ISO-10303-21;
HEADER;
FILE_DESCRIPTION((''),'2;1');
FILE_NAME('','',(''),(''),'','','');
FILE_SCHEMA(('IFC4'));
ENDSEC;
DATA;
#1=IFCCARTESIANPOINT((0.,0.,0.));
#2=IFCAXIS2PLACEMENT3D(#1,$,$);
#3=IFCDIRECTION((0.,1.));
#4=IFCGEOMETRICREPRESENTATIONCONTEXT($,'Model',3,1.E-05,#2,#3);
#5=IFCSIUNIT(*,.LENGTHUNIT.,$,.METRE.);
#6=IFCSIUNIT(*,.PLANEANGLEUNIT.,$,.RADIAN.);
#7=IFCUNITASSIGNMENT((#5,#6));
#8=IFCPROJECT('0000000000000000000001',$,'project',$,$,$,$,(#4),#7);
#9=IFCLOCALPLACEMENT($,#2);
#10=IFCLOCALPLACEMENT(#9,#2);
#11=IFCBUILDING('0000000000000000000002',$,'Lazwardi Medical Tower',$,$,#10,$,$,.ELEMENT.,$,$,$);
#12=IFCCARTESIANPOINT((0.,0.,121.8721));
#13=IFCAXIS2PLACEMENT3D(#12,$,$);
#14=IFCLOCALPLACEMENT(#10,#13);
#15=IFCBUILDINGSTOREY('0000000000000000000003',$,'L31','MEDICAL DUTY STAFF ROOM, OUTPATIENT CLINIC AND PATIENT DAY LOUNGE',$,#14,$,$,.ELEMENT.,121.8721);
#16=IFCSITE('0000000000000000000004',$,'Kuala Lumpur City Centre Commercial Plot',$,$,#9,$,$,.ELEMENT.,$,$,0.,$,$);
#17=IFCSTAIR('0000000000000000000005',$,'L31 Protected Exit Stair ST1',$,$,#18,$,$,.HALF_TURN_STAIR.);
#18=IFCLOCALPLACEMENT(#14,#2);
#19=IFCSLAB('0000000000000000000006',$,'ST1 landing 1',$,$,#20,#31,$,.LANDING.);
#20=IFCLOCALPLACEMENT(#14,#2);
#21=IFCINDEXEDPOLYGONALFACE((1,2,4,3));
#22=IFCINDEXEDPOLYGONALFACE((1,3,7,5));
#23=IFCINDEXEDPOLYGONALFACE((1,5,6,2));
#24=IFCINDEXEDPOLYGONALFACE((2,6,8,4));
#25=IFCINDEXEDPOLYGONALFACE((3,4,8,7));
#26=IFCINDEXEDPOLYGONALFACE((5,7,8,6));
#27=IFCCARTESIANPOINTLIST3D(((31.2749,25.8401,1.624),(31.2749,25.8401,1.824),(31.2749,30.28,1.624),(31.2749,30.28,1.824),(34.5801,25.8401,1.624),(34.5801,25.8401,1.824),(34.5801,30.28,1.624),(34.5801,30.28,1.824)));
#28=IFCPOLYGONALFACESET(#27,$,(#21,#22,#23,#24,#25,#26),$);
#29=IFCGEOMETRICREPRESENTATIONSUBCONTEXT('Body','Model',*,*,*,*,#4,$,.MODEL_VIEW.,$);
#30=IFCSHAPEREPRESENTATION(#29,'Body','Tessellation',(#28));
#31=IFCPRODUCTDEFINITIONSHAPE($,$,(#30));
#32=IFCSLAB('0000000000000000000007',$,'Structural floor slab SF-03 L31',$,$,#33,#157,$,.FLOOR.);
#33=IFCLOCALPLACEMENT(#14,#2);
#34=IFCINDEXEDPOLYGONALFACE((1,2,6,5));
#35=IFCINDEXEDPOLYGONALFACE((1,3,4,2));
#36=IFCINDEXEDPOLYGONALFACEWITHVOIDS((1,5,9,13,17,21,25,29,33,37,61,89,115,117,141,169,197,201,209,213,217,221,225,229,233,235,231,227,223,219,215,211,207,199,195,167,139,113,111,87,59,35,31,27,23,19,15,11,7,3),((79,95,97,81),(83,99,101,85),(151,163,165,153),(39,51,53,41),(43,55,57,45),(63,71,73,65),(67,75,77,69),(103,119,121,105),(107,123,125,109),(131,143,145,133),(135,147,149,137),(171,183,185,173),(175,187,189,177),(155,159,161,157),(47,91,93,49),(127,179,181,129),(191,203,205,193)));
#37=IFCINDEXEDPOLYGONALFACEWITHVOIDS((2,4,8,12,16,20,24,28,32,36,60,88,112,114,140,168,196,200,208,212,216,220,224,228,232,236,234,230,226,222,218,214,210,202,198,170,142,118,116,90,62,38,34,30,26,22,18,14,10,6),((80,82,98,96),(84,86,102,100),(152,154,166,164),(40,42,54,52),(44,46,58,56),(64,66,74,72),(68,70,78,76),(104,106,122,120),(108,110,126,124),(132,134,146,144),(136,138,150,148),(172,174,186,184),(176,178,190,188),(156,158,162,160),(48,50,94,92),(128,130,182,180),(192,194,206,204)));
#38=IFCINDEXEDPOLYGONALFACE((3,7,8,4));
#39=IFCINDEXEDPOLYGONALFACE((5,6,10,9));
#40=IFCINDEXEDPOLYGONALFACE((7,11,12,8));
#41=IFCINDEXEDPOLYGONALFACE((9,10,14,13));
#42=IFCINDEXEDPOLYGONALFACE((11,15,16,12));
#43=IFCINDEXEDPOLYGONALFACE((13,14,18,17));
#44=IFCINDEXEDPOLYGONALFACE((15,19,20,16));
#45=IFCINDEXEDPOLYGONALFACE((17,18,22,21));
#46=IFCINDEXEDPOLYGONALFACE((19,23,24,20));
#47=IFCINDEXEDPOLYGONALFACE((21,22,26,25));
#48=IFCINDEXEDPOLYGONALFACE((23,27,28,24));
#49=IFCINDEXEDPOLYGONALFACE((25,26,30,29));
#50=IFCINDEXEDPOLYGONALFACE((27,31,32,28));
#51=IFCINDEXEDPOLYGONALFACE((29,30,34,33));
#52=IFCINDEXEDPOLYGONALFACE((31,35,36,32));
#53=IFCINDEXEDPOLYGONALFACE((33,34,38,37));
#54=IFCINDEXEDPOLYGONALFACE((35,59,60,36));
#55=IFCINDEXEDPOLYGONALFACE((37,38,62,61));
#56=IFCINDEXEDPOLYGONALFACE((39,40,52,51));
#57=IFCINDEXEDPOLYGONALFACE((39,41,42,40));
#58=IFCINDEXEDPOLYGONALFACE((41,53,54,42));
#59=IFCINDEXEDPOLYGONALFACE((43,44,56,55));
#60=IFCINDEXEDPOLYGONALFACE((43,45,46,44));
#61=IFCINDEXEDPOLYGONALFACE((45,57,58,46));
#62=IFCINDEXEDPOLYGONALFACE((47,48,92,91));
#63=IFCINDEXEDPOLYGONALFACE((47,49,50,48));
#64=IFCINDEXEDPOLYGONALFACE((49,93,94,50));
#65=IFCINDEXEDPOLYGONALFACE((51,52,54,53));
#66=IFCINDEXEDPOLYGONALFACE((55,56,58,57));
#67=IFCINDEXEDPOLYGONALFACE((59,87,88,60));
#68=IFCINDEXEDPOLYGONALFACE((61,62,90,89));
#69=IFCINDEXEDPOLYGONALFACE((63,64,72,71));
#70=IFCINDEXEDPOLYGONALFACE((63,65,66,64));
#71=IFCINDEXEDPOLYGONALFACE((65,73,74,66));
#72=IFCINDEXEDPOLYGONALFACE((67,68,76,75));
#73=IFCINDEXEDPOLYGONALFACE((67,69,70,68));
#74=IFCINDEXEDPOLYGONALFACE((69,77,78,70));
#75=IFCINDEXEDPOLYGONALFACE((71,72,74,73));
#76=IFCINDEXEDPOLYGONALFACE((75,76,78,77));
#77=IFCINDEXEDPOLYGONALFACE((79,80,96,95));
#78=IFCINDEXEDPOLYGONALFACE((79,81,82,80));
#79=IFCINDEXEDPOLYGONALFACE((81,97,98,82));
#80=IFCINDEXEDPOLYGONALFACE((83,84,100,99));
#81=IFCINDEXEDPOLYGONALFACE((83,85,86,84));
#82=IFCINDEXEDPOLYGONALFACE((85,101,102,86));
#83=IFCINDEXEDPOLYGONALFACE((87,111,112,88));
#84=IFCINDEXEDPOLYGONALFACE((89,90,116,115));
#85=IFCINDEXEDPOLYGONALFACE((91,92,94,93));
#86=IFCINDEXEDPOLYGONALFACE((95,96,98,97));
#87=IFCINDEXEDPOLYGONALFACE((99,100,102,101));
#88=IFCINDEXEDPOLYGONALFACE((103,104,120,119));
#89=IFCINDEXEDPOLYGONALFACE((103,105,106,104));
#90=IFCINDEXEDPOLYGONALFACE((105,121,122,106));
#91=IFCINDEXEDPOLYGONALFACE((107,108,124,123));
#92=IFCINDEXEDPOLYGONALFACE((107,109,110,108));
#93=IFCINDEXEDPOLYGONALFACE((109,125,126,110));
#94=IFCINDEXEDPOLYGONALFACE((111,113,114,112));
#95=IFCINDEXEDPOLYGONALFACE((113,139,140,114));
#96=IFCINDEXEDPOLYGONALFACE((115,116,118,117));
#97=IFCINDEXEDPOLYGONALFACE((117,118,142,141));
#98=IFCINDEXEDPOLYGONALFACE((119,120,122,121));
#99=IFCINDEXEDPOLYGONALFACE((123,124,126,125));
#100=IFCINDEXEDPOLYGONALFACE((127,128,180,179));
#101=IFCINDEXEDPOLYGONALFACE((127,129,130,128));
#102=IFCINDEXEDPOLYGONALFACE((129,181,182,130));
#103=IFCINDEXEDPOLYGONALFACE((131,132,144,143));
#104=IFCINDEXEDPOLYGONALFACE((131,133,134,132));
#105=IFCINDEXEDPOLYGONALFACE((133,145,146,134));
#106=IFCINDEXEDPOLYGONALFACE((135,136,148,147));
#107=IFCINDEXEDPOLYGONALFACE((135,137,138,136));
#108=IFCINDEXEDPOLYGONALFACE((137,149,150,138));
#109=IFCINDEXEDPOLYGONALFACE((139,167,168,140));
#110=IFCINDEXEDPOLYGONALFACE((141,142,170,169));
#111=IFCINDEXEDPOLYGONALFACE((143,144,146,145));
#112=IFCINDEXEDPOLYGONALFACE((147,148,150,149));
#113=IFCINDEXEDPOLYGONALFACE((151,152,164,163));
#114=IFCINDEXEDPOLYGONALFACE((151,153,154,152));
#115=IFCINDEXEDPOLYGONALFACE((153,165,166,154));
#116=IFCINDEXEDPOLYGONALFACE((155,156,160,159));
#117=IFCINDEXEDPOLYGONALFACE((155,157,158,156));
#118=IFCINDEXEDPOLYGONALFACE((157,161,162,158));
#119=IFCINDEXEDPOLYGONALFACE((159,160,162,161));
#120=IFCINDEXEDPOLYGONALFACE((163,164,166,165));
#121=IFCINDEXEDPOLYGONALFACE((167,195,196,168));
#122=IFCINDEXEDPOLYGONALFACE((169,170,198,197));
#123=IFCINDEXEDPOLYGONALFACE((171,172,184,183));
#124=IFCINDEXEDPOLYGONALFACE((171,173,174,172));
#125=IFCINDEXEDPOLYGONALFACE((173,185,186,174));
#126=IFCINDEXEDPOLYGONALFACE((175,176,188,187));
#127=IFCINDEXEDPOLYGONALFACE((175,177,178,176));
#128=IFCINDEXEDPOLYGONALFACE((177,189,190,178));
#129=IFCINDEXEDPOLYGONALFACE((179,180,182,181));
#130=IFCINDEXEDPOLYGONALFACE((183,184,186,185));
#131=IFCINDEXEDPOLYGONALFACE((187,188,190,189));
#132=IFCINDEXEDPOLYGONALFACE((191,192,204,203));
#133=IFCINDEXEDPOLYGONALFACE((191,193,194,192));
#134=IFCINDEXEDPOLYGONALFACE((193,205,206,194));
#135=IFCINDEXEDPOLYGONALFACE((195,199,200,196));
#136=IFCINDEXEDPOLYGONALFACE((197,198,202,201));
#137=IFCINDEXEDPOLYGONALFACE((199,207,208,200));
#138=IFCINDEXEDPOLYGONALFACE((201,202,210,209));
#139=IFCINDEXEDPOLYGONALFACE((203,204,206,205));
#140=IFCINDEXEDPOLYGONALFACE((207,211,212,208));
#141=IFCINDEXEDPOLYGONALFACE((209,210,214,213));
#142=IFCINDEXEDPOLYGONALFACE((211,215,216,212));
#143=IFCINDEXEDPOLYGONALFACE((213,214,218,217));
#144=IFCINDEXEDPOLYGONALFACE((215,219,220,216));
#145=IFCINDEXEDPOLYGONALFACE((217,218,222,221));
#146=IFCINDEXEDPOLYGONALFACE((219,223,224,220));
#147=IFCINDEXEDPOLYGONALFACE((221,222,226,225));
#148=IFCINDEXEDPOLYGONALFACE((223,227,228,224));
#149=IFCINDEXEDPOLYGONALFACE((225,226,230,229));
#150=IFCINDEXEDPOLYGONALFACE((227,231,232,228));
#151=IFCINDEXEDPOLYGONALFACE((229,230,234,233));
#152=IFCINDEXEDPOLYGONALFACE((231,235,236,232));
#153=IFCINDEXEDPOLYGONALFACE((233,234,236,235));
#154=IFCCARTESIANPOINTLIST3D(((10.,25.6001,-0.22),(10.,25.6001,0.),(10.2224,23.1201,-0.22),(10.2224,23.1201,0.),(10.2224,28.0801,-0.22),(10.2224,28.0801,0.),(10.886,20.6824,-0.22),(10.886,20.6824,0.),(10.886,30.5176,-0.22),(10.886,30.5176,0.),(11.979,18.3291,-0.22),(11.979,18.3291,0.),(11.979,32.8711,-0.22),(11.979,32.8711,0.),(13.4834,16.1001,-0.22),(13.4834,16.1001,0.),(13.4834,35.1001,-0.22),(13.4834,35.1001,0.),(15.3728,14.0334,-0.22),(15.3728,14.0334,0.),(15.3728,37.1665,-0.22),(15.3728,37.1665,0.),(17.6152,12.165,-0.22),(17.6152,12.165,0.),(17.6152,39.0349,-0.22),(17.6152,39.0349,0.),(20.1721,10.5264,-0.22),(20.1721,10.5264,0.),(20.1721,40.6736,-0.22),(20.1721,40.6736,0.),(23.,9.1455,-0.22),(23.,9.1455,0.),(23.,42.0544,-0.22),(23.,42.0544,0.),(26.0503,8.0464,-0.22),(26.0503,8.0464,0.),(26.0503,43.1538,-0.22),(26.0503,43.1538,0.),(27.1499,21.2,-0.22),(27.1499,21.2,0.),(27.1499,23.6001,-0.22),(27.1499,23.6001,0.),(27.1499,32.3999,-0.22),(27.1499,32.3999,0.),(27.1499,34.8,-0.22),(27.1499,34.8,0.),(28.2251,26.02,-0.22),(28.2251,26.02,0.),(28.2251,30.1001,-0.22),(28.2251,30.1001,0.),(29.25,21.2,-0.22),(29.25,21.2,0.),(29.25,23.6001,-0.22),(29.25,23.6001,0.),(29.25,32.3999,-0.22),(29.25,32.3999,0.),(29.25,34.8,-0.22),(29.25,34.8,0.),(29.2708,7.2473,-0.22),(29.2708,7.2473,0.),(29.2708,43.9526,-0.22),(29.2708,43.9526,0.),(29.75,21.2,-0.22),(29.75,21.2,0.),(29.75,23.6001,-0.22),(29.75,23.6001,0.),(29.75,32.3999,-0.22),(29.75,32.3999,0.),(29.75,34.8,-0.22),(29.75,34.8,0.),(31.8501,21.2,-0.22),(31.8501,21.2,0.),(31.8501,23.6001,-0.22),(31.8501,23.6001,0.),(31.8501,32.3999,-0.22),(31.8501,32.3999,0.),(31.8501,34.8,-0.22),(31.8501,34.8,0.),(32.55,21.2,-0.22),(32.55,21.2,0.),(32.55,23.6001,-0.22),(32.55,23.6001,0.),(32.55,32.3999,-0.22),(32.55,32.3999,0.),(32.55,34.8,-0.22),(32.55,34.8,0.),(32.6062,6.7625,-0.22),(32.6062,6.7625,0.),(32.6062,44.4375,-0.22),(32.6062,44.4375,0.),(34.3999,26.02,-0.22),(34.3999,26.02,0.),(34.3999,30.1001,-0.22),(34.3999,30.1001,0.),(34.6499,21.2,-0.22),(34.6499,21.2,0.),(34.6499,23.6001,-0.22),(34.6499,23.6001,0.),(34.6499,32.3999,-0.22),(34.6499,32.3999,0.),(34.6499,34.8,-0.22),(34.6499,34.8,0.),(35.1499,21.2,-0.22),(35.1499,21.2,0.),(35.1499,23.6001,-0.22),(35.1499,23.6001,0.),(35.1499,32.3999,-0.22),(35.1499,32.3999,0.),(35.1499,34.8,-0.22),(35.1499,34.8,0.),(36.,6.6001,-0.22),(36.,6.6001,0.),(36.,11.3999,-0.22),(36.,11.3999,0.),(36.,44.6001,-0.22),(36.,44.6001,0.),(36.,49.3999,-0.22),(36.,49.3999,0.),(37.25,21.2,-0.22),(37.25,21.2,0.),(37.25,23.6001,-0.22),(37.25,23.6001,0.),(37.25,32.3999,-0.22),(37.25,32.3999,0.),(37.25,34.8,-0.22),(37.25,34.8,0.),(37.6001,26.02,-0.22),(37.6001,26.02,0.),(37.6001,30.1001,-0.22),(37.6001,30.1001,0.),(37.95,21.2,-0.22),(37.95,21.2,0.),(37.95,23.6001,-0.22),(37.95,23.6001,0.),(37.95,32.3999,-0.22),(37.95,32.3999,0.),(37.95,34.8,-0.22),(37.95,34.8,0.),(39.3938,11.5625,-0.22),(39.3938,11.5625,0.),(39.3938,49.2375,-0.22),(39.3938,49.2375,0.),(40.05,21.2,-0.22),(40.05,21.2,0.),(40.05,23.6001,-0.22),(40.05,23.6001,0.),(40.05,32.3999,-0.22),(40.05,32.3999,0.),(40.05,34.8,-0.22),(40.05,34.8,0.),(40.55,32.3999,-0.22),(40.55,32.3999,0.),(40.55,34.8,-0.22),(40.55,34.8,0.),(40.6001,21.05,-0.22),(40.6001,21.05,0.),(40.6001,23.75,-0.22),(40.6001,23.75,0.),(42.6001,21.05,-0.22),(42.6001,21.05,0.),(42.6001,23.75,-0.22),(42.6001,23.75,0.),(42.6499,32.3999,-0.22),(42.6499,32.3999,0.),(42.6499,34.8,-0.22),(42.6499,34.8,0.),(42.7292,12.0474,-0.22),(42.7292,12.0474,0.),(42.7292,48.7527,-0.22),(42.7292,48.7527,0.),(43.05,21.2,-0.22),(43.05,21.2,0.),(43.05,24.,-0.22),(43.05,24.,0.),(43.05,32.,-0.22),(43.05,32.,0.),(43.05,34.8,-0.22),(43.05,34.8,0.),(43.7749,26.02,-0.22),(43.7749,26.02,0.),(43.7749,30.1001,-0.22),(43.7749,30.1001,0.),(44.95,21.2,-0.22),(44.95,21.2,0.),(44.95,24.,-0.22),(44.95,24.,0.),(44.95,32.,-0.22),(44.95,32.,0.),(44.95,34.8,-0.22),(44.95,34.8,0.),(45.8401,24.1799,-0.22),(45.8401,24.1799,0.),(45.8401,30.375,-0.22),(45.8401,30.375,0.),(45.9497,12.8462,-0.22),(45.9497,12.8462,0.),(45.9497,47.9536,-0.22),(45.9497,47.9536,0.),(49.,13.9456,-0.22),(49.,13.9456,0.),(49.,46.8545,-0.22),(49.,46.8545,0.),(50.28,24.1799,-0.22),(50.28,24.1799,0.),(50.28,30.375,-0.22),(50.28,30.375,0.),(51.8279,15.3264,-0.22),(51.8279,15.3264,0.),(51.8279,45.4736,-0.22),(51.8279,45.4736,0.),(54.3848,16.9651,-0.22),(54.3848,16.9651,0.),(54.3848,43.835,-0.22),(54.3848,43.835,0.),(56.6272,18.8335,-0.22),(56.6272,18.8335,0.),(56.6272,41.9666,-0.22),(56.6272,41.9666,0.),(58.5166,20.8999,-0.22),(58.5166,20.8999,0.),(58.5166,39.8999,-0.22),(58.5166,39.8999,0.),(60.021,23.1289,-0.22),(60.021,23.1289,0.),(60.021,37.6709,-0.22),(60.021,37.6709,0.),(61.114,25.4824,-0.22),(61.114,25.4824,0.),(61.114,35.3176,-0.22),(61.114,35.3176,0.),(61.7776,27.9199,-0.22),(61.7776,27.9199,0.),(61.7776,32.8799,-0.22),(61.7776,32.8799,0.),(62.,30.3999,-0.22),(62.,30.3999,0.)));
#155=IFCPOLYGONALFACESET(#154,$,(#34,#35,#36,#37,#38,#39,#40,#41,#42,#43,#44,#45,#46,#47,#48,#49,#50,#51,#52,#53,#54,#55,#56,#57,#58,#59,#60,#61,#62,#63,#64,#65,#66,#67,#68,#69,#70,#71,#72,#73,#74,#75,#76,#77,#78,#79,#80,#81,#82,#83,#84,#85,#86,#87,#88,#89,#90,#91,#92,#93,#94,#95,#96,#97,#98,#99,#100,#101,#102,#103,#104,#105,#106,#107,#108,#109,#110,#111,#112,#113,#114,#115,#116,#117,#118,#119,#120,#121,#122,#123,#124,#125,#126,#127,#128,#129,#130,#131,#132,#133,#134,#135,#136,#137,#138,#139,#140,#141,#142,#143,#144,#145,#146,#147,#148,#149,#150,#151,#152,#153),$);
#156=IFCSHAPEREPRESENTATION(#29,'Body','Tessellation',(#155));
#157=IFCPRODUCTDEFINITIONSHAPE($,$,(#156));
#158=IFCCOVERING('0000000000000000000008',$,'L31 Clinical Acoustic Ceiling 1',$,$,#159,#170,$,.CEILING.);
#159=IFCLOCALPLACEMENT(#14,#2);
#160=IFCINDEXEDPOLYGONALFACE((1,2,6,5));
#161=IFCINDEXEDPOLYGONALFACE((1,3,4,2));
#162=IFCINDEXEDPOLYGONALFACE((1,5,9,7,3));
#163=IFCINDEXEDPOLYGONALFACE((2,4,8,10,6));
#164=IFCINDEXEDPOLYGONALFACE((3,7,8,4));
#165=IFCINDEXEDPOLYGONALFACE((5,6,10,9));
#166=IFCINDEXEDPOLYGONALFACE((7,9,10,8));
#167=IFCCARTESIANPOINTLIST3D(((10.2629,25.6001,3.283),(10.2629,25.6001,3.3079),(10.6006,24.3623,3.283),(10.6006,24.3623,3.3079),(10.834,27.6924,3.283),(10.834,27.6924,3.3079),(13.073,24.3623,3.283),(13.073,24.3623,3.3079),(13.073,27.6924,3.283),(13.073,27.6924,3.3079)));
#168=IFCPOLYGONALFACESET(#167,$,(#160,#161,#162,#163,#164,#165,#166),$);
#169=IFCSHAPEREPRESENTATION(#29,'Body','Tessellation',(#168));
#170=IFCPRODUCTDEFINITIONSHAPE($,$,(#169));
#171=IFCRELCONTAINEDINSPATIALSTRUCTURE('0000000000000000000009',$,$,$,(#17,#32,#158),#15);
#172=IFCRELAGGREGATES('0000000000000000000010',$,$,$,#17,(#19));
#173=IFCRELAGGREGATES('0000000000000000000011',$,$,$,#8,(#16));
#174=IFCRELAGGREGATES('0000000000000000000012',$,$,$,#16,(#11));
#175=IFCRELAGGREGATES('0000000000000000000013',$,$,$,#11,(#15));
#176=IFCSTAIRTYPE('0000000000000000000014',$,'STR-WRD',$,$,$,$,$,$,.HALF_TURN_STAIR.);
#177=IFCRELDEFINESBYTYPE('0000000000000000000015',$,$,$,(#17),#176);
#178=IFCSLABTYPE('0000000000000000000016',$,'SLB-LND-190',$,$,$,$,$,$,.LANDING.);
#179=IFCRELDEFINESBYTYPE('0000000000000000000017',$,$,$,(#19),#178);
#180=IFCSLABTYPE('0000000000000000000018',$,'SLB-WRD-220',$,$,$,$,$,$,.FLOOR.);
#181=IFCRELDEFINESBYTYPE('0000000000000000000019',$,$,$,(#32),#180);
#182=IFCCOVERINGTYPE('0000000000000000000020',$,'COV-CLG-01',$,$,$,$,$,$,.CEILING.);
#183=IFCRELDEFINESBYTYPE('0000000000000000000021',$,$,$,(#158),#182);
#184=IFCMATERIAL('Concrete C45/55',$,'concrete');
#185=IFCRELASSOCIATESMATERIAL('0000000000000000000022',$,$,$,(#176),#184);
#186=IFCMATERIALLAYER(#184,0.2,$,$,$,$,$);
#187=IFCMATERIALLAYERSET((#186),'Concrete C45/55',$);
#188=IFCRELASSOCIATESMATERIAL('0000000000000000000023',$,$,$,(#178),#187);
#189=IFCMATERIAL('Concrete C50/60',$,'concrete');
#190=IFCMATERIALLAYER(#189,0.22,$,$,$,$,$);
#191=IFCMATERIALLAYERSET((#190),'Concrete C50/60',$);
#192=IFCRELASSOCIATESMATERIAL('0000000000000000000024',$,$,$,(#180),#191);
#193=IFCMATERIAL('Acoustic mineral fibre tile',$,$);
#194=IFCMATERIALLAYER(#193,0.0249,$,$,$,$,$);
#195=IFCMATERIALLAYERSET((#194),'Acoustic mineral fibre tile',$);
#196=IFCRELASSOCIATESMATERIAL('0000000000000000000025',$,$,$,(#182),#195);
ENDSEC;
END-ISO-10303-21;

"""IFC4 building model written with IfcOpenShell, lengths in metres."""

from ifc_helpers import new_model, si_unit, direction, frame, origin, place, context, subcontext, project, spatial, polyline, outline, extrude, material, layer, layer_set, type_object, element, aggregate, save


model = new_model("IFC4")

# Units and contexts
model_context = context("Model", 3, precision=1e-05, world=origin(), true_north=direction((0.0, 1.0)))
body_context = subcontext(model_context, "Body", "Model", "MODEL_VIEW")
ifc_project = project(units=[si_unit("LENGTHUNIT", "METRE"), si_unit("PLANEANGLEUNIT", "RADIAN")], contexts=[model_context])

# Site, building, storey
site_placement = place(None, origin())
site = spatial("IfcSite", under=ifc_project, at=site_placement, Name="Kuala Lumpur City Centre Commercial Plot", CompositionType="ELEMENT", RefElevation=0.0)
building_placement = place(site_placement, origin())
building = spatial("IfcBuilding", under=site, at=building_placement, Name="Lazwardi Medical Tower", CompositionType="ELEMENT")
storey_placement = place(building_placement, frame((0.0, 0.0, 121.8721)))
storey = spatial("IfcBuildingStorey", under=building, at=storey_placement, Name="L31", Description="MEDICAL DUTY STAFF ROOM, OUTPATIENT CLINIC AND PATIENT DAY LOUNGE", CompositionType="ELEMENT", Elevation=121.8721)

# Stair, slab
ifc_material_1 = material(Name="Concrete C45/55", Category="concrete")
stair_type = type_object("IfcStairType", Name="STR-WRD", PredefinedType="HALF_TURN_STAIR", material=ifc_material_1)
stair_placement = place(storey_placement, origin())
stair = element("IfcStair", 1, at=stair_placement, inside=storey, type_object=stair_type, Name="L31 Protected Exit Stair ST1", PredefinedType="HALF_TURN_STAIR")
ifc_layer_1 = layer(ifc_material_1, 0.2)
ifc_layer_set_1 = layer_set([ifc_layer_1], Name="Concrete C45/55")
slab_type_1 = type_object("IfcSlabType", Name="SLB-LND-190", PredefinedType="LANDING", material=ifc_layer_set_1)
slab_1_placement = place(storey_placement, frame((0.0, 0.0, 1.624)))
slab_1 = element("IfcSlab", 2, at=slab_1_placement, type_object=slab_type_1, Name="ST1 landing 1", PredefinedType="LANDING", context=body_context, shape_type="SweptSolid", body=[
    extrude(outline(polyline([(31.2749, 25.8401), (34.5801, 25.8401), (34.5801, 30.28), (31.2749, 30.28), (31.2749, 25.8401)])), origin(), (0.0, 0.0, 1.0), 0.2),
])
aggregate(stair, [slab_1])

# Slab
ifc_material_2 = material(Name="Concrete C50/60", Category="concrete")
ifc_layer_2 = layer(ifc_material_2, 0.22)
ifc_layer_set_2 = layer_set([ifc_layer_2], Name="Concrete C50/60")
slab_type_2 = type_object("IfcSlabType", Name="SLB-WRD-220", PredefinedType="FLOOR", material=ifc_layer_set_2)
slab_2_placement = place(storey_placement, frame((0.0, 0.0, -0.22)))
element("IfcSlab", 3, at=slab_2_placement, inside=storey, type_object=slab_type_2, Name="Structural floor slab SF-03 L31", PredefinedType="FLOOR", context=body_context, shape_type="SweptSolid", body=[
    extrude(outline(polyline([(11.979, 32.8711), (10.886, 30.5176), (10.2224, 28.0801), (10.0, 25.6001), (10.2224, 23.1201), (10.886, 20.6824), (11.979, 18.3291), (13.4834, 16.1001), (15.3728, 14.0334), (17.6152, 12.165), (20.1721, 10.5264), (23.0, 9.1455), (26.0503, 8.0464), (29.2708, 7.2473), (32.6062, 6.7625), (36.0, 6.6001), (36.0, 11.3999), (39.3938, 11.5625), (42.7292, 12.0474), (45.9497, 12.8462), (49.0, 13.9456), (51.8279, 15.3264), (54.3848, 16.9651), (56.6272, 18.8335), (58.5166, 20.8999), (60.021, 23.1289), (61.114, 25.4824), (61.7776, 27.9199), (62.0, 30.3999), (61.7776, 32.8799), (61.114, 35.3176), (60.021, 37.6709), (58.5166, 39.8999), (56.6272, 41.9666), (54.3848, 43.835), (51.8279, 45.4736), (49.0, 46.8545), (45.9497, 47.9536), (42.7292, 48.7527), (39.3938, 49.2375), (36.0, 49.3999), (36.0, 44.6001), (32.6062, 44.4375), (29.2708, 43.9526), (26.0503, 43.1538), (23.0, 42.0544), (20.1721, 40.6736), (17.6152, 39.0349), (15.3728, 37.1665), (13.4834, 35.1001), (11.979, 32.8711)]), holes=[polyline([(28.2251, 26.02), (28.2251, 30.1001), (34.3999, 30.1001), (34.3999, 26.02), (28.2251, 26.02)]), polyline([(37.6001, 30.1001), (43.7749, 30.1001), (43.7749, 26.02), (37.6001, 26.02), (37.6001, 30.1001)]), polyline([(50.28, 30.375), (50.28, 24.1799), (45.8401, 24.1799), (45.8401, 30.375), (50.28, 30.375)]), polyline([(29.25, 32.3999), (27.1499, 32.3999), (27.1499, 34.8), (29.25, 34.8), (29.25, 32.3999)]), polyline([(29.75, 32.3999), (29.75, 34.8), (31.8501, 34.8), (31.8501, 32.3999), (29.75, 32.3999)]), polyline([(27.1499, 23.6001), (29.25, 23.6001), (29.25, 21.2), (27.1499, 21.2), (27.1499, 23.6001)]), polyline([(31.8501, 23.6001), (31.8501, 21.2), (29.75, 21.2), (29.75, 23.6001), (31.8501, 23.6001)]), polyline([(34.6499, 32.3999), (32.55, 32.3999), (32.55, 34.8), (34.6499, 34.8), (34.6499, 32.3999)]), polyline([(35.1499, 32.3999), (35.1499, 34.8), (37.25, 34.8), (37.25, 32.3999), (35.1499, 32.3999)]), polyline([(32.55, 23.6001), (34.6499, 23.6001), (34.6499, 21.2), (32.55, 21.2), (32.55, 23.6001)]), polyline([(37.25, 23.6001), (37.25, 21.2), (35.1499, 21.2), (35.1499, 23.6001), (37.25, 23.6001)]), polyline([(40.05, 32.3999), (37.95, 32.3999), (37.95, 34.8), (40.05, 34.8), (40.05, 32.3999)]), polyline([(40.55, 32.3999), (40.55, 34.8), (42.6499, 34.8), (42.6499, 32.3999), (40.55, 32.3999)]), polyline([(37.95, 23.6001), (40.05, 23.6001), (40.05, 21.2), (37.95, 21.2), (37.95, 23.6001)]), polyline([(44.95, 34.8), (44.95, 32.0), (43.05, 32.0), (43.05, 34.8), (44.95, 34.8)]), polyline([(44.95, 21.2), (43.05, 21.2), (43.05, 24.0), (44.95, 24.0), (44.95, 21.2)]), polyline([(40.6001, 21.05), (40.6001, 23.75), (42.6001, 23.75), (42.6001, 21.05), (40.6001, 21.05)])]), origin(), (0.0, 0.0, 1.0), 0.22),
])

# Covering
ifc_material_3 = material(Name="Acoustic mineral fibre tile")
ifc_layer_3 = layer(ifc_material_3, 0.0249)
ifc_layer_set_3 = layer_set([ifc_layer_3], Name="Acoustic mineral fibre tile")
covering_type_1 = type_object("IfcCoveringType", Name="COV-CLG-01", PredefinedType="CEILING", material=ifc_layer_set_3)
covering_1_placement = place(storey_placement, frame((0.0, 0.0, 3.283)))
element("IfcCovering", 4, at=covering_1_placement, inside=storey, type_object=covering_type_1, Name="L31 Clinical Acoustic Ceiling 1", PredefinedType="CEILING", context=body_context, shape_type="SweptSolid", body=[
    extrude(outline(polyline([(10.834, 27.6924), (10.2629, 25.6001), (10.6006, 24.3623), (13.073, 24.3623), (13.073, 27.6924), (10.834, 27.6924)])), origin(), (0.0, 0.0, 1.0), 0.0249),
])

save(model, "model.ifc")
